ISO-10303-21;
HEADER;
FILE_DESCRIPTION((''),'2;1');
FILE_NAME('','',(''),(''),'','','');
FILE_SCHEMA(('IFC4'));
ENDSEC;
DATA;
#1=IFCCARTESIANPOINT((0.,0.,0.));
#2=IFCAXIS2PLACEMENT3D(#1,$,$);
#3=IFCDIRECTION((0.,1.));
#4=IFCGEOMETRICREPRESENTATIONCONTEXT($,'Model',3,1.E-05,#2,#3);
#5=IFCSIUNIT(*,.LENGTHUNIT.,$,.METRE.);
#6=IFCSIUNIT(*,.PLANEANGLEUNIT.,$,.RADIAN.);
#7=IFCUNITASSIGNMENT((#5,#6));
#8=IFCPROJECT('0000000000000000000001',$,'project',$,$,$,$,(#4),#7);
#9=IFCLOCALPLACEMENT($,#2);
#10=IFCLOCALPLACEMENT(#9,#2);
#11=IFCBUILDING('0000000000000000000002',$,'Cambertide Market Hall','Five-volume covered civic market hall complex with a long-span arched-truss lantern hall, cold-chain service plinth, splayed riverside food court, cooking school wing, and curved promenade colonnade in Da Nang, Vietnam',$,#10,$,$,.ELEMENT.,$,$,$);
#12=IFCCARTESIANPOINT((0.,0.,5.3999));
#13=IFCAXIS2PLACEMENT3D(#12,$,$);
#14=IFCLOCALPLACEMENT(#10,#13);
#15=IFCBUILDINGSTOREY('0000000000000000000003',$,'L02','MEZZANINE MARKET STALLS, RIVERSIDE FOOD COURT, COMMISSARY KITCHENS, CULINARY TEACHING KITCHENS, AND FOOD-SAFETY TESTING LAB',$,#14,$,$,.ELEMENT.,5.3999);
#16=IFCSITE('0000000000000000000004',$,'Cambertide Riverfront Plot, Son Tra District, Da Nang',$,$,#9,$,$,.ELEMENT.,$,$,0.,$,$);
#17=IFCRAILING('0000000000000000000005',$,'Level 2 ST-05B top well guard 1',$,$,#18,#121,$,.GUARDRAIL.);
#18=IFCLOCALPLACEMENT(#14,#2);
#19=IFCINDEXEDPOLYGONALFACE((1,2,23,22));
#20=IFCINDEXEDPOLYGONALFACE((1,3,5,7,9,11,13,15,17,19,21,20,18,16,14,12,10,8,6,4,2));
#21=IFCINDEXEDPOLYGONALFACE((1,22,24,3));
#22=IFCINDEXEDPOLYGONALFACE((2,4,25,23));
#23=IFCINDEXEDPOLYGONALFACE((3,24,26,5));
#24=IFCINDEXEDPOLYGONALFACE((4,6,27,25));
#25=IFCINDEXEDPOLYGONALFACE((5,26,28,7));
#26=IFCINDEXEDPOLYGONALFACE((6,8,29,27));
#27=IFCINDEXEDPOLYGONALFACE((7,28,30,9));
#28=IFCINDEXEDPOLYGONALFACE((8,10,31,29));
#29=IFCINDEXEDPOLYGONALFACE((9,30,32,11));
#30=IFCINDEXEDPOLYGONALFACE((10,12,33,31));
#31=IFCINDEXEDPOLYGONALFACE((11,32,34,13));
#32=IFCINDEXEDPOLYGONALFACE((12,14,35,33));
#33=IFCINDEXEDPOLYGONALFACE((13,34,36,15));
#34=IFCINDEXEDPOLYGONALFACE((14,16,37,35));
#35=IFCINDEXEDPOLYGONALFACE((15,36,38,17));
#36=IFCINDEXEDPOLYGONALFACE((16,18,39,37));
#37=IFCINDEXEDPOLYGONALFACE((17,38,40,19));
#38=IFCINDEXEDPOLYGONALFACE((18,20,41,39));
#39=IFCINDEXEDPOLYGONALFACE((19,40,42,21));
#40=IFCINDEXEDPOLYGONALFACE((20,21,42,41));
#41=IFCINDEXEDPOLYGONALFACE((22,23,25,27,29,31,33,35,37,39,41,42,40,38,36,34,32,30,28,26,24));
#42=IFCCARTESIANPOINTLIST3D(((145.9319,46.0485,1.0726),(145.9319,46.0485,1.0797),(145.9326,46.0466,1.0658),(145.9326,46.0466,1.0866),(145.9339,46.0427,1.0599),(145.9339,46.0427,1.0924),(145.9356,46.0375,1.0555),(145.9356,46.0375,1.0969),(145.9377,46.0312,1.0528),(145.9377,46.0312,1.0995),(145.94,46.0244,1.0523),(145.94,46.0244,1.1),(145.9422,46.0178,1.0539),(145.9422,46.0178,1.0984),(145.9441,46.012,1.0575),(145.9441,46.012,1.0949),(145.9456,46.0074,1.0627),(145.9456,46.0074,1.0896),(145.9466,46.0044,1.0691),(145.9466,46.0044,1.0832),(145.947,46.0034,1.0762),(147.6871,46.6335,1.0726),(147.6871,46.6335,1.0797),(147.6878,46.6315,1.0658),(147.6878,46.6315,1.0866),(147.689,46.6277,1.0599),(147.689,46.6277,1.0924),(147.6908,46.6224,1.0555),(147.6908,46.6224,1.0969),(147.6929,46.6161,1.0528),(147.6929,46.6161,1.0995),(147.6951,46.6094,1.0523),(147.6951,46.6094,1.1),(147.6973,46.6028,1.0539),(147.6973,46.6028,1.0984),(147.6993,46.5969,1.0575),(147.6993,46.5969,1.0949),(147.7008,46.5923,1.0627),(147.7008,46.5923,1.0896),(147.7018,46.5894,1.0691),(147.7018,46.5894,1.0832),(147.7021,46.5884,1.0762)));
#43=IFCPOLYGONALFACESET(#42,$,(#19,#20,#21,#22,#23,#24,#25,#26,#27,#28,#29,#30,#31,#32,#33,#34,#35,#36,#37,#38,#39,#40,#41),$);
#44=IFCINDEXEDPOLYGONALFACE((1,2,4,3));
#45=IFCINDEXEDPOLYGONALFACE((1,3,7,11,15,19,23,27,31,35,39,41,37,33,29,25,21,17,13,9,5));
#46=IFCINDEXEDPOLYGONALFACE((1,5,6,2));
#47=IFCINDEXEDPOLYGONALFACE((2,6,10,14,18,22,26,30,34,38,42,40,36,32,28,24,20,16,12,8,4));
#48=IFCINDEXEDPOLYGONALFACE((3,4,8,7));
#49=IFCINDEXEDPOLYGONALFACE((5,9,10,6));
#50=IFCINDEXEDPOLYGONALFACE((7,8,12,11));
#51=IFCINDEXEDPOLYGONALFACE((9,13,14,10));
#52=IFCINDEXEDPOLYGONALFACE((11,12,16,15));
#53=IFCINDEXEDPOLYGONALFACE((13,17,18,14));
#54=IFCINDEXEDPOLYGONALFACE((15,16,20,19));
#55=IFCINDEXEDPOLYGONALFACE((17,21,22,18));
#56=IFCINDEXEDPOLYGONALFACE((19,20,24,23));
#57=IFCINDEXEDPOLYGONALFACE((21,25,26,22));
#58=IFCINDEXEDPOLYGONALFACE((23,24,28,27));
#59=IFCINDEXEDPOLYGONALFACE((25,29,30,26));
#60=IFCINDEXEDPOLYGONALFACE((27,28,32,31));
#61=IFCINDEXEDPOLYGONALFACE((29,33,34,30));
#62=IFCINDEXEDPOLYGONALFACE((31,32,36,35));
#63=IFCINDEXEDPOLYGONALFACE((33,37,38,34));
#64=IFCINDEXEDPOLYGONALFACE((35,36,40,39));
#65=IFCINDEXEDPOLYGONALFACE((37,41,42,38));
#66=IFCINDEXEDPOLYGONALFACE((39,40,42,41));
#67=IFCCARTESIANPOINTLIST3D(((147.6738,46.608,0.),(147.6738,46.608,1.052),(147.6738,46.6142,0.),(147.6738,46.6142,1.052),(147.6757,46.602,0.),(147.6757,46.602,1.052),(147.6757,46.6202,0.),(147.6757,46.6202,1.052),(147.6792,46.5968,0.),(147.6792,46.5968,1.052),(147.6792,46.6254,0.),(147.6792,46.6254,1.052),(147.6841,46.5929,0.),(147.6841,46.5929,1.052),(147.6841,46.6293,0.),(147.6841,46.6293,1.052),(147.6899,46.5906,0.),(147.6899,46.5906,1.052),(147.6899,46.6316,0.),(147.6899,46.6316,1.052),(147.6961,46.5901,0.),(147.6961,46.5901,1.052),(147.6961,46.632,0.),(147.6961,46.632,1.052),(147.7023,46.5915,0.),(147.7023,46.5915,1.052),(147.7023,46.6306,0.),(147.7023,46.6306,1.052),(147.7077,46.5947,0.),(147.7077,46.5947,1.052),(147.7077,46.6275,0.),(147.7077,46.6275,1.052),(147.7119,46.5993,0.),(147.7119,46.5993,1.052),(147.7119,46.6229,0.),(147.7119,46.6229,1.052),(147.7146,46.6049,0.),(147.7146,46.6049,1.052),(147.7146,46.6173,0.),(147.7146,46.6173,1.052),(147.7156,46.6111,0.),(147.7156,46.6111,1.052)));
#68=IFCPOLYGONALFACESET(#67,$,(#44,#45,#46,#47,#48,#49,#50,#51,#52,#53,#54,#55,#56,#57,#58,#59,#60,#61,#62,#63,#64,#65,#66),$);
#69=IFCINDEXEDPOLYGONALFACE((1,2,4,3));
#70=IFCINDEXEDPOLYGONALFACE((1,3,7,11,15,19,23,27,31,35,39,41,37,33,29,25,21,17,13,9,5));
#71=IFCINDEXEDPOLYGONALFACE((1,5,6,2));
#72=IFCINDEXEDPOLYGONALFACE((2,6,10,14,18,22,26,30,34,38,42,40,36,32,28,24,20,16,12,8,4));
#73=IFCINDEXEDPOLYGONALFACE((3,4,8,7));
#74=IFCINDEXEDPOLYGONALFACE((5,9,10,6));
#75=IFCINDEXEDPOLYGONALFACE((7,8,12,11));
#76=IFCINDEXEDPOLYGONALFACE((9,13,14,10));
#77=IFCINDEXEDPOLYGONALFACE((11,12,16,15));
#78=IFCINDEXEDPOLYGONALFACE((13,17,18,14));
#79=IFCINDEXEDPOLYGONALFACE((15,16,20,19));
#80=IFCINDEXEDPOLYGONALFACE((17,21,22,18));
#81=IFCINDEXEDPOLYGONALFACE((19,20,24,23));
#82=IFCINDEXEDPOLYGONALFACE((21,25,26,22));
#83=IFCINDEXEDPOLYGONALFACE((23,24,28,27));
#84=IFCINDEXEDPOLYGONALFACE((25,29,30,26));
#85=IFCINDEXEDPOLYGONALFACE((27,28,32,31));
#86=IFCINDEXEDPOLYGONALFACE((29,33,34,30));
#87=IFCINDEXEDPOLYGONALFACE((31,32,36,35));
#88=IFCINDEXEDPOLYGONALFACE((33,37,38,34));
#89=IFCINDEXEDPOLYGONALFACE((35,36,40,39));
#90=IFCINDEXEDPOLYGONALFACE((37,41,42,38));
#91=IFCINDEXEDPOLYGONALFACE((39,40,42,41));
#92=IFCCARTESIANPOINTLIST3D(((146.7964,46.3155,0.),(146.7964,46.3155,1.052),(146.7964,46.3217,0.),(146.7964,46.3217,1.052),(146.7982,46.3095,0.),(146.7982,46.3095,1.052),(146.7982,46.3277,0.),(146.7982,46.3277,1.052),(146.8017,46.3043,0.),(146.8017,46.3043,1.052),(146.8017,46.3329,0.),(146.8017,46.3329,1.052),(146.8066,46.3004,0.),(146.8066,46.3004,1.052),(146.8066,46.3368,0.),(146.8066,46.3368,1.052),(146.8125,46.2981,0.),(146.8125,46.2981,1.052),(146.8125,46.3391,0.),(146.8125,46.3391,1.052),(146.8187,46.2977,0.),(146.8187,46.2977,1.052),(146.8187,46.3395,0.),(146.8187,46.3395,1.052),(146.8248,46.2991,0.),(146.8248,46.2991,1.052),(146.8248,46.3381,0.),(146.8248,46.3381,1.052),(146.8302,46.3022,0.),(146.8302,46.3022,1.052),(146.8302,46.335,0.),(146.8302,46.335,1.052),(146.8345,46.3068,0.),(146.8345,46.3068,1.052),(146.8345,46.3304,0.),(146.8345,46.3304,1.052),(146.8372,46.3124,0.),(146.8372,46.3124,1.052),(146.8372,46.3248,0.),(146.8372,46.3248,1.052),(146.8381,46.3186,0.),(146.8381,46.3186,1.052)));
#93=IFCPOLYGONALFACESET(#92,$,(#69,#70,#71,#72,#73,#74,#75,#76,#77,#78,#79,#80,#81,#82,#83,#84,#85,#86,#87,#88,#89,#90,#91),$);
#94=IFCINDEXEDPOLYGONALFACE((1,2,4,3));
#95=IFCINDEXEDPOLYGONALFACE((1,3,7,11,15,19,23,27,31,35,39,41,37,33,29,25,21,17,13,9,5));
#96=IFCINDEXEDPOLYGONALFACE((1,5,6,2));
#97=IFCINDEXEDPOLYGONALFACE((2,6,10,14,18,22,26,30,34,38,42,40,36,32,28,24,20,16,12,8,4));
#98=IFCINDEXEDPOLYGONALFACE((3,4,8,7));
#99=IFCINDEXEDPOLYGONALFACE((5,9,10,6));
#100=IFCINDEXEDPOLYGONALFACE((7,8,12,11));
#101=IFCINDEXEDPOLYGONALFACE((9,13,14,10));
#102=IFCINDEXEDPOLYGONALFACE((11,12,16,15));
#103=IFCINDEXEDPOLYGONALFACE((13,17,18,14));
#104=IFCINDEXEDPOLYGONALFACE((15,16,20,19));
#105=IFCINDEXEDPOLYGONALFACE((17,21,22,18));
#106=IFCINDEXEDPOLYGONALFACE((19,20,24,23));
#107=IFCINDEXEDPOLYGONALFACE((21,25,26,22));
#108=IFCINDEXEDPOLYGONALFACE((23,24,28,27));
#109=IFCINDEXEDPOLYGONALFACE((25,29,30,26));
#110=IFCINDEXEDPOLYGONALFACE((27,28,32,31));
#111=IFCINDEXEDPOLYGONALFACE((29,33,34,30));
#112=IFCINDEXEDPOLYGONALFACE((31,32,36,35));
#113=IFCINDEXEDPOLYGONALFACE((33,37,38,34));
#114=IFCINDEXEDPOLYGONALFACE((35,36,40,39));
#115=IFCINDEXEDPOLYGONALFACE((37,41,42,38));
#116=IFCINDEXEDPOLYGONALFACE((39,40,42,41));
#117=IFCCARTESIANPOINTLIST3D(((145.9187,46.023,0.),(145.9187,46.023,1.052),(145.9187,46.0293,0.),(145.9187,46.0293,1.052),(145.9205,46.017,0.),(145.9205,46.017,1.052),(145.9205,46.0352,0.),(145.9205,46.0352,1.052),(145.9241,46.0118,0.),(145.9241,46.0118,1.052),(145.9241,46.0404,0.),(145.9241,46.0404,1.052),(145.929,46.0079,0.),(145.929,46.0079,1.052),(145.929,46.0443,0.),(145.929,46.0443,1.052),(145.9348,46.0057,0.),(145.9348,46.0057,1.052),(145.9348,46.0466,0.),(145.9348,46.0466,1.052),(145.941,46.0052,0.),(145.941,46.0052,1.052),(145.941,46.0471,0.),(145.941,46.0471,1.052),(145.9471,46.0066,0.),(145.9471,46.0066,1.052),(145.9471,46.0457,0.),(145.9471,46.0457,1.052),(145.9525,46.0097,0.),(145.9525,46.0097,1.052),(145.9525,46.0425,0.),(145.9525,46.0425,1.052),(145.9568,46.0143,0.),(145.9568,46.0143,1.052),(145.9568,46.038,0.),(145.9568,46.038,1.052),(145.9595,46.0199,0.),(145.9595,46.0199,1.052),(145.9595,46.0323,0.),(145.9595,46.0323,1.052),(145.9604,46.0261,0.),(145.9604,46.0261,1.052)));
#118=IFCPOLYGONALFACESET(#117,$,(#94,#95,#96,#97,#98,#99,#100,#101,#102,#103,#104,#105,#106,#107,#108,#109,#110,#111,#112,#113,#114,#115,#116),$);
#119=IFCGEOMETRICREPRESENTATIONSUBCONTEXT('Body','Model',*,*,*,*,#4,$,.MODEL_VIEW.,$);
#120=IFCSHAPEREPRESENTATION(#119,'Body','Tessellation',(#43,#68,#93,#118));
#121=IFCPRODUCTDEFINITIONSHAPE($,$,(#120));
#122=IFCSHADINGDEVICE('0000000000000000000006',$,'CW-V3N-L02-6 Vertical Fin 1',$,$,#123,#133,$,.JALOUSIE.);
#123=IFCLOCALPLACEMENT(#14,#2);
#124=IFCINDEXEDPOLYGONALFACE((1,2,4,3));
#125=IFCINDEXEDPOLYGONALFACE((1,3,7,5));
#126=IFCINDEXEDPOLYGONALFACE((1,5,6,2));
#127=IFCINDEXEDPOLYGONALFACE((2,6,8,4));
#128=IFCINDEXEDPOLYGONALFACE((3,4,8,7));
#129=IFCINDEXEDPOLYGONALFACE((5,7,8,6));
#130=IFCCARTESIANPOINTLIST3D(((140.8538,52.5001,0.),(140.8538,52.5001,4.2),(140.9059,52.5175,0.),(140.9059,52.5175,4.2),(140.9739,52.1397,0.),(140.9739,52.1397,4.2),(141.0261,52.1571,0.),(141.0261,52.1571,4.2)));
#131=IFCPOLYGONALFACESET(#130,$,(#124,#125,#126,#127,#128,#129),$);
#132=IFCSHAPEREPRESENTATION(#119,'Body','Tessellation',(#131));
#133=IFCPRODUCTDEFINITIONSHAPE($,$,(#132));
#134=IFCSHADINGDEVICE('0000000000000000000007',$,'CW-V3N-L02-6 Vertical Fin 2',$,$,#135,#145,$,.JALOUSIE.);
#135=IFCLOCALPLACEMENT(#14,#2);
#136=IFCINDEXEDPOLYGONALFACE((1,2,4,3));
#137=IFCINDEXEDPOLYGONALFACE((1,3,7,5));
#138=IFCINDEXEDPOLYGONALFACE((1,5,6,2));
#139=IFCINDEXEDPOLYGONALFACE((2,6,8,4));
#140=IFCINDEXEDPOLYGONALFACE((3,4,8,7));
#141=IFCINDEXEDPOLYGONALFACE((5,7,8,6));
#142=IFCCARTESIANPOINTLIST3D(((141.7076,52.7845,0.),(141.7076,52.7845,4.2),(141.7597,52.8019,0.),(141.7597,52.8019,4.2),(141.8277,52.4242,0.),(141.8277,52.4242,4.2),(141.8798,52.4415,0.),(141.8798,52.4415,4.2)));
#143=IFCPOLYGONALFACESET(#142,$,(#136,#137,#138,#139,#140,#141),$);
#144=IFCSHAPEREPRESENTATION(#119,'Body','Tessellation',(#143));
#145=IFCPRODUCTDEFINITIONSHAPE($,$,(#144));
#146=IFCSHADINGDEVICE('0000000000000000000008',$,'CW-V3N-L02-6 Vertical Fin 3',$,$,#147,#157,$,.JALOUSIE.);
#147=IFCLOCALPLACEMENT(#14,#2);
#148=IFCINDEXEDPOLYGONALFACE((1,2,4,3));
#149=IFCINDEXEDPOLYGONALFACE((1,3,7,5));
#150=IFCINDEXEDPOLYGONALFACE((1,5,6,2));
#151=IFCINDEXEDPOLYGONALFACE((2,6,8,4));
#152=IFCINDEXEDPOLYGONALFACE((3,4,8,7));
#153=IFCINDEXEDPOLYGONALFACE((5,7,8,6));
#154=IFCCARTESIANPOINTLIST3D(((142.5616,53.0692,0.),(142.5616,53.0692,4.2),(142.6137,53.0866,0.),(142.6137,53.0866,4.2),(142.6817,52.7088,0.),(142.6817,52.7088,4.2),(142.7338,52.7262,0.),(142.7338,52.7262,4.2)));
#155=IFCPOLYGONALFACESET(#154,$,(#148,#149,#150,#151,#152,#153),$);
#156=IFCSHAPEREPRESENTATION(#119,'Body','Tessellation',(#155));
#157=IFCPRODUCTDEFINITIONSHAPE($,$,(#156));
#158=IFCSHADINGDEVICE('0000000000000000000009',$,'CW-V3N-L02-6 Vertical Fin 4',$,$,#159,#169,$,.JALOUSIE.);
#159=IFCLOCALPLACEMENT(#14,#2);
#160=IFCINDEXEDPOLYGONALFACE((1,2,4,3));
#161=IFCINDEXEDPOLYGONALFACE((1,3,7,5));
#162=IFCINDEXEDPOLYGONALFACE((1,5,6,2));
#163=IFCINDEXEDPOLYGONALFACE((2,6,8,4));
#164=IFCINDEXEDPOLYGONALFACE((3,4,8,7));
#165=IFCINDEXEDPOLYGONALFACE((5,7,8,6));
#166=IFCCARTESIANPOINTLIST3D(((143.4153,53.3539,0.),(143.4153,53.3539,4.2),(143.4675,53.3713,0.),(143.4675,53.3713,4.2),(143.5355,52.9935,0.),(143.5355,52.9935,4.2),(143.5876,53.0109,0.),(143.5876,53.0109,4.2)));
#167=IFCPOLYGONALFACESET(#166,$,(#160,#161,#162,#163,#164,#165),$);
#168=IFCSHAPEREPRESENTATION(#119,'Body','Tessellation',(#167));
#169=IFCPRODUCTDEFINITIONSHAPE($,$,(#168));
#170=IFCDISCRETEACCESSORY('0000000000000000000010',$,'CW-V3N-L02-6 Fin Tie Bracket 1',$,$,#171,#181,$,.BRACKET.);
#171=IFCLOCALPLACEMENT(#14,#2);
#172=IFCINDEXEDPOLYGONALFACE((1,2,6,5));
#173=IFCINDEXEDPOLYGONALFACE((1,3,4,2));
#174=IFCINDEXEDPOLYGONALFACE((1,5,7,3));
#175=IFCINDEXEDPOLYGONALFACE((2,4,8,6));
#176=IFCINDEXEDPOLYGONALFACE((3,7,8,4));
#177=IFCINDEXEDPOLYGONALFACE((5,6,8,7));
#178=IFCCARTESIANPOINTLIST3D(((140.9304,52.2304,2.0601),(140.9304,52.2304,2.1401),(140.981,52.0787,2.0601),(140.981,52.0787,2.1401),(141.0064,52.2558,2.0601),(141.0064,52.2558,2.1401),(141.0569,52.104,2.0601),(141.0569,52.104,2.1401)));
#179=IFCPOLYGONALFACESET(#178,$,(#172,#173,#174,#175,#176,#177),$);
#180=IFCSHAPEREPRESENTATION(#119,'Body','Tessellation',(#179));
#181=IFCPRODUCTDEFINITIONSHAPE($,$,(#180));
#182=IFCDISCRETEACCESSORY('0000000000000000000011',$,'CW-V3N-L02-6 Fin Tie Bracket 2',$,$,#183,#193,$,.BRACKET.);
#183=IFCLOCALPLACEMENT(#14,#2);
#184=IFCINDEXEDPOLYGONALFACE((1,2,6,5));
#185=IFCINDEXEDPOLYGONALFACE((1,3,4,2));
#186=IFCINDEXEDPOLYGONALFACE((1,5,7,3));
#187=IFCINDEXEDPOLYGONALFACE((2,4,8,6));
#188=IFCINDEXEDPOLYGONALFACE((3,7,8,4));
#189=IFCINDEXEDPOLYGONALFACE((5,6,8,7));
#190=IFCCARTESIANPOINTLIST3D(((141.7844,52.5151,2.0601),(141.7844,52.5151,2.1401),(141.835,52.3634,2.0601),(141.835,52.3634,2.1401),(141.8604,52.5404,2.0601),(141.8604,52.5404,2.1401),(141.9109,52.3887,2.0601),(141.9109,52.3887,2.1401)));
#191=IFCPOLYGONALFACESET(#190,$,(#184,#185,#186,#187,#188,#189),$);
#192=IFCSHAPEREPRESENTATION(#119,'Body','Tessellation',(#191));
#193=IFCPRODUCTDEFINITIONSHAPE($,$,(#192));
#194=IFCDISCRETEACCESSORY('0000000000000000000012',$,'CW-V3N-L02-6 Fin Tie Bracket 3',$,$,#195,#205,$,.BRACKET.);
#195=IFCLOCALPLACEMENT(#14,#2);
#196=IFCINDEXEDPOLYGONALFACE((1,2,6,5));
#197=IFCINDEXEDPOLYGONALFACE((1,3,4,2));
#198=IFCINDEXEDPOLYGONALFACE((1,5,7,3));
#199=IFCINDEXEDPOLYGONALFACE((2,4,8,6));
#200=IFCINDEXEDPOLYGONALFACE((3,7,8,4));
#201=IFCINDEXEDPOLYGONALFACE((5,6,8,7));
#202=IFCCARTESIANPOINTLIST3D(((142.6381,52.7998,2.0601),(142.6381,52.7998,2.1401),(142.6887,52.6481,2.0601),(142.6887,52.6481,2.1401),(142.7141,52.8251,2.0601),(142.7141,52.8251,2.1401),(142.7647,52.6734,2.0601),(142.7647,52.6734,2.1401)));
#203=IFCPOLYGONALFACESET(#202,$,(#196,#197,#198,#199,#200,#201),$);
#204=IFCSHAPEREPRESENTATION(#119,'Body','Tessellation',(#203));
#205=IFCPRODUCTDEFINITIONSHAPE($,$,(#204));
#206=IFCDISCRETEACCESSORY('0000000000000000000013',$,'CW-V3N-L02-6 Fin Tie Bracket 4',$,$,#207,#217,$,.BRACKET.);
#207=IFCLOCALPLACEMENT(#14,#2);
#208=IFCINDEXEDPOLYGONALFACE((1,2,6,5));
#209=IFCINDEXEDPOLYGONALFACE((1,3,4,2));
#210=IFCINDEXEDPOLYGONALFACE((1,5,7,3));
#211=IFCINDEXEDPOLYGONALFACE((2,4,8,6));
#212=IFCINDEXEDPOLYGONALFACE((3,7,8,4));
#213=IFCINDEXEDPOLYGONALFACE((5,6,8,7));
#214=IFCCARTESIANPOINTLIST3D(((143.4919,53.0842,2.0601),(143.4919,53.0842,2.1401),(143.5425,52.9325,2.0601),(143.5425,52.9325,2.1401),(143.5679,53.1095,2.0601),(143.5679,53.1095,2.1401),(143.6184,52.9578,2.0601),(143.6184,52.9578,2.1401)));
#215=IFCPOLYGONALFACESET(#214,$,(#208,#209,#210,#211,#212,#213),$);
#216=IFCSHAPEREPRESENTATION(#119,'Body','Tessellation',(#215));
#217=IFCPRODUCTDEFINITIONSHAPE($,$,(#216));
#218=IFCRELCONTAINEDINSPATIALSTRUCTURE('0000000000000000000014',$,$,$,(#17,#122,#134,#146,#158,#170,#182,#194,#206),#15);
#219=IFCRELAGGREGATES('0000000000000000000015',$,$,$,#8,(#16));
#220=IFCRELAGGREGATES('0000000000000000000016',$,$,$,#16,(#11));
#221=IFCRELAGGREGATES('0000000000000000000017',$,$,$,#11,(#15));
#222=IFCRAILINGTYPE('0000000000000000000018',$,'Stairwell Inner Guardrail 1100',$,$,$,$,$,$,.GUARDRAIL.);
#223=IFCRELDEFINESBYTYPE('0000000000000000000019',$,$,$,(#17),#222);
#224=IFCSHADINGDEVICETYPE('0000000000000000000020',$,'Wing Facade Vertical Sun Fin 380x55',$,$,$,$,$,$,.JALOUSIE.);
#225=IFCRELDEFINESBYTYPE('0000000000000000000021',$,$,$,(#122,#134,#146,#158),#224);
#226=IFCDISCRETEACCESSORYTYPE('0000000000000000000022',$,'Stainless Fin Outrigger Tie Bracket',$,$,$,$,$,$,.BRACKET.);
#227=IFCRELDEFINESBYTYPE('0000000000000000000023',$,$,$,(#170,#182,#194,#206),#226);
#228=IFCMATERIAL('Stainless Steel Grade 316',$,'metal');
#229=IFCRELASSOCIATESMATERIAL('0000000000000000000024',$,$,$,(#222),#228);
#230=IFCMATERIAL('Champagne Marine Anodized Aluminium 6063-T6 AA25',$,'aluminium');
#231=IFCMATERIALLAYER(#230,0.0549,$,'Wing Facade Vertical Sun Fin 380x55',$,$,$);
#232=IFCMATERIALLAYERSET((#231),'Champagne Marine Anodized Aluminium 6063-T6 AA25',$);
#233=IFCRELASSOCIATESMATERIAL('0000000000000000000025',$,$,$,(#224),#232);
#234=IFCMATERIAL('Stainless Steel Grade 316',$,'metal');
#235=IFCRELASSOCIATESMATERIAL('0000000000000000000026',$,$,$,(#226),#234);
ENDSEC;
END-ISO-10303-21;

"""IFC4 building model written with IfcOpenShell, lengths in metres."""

from ifc_helpers import new_model, si_unit, direction, frame, origin, origin_2d, place, context, subcontext, project, spatial, rectangle, circle, extrude, material, layer, layer_set, type_object, element, save


model = new_model("IFC4")

# Units and contexts
model_context = context("Model", 3, precision=1e-05, world=origin(), true_north=direction((0.0, 1.0)))
body_context = subcontext(model_context, "Body", "Model", "MODEL_VIEW")
ifc_project = project(units=[si_unit("LENGTHUNIT", "METRE"), si_unit("PLANEANGLEUNIT", "RADIAN")], contexts=[model_context])

# Site, building, storey
site_placement = place(None, origin())
site = spatial("IfcSite", under=ifc_project, at=site_placement, Name="Cambertide Riverfront Plot, Son Tra District, Da Nang", CompositionType="ELEMENT", RefElevation=0.0)
building_placement = place(site_placement, origin())
building = spatial("IfcBuilding", under=site, at=building_placement, Name="Cambertide Market Hall", Description="Five-volume covered civic market hall complex with a long-span arched-truss lantern hall, cold-chain service plinth, splayed riverside food court, cooking school wing, and curved promenade colonnade in Da Nang, Vietnam", CompositionType="ELEMENT")
storey_placement = place(building_placement, frame((0.0, 0.0, 5.3999)))
storey = spatial("IfcBuildingStorey", under=building, at=storey_placement, Name="L02", Description="MEZZANINE MARKET STALLS, RIVERSIDE FOOD COURT, COMMISSARY KITCHENS, CULINARY TEACHING KITCHENS, AND FOOD-SAFETY TESTING LAB", CompositionType="ELEMENT", Elevation=5.3999)

# Railing
ifc_material_1 = material(Name="Stainless Steel Grade 316", Category="metal")
railing_type = type_object("IfcRailingType", Name="Stairwell Inner Guardrail 1100", PredefinedType="GUARDRAIL", material=ifc_material_1)
railing_placement = place(storey_placement, frame((147.6946, 46.6111, 0.0)))
element("IfcRailing", 1, at=railing_placement, inside=storey, type_object=railing_type, Name="Level 2 ST-05B top well guard 1", PredefinedType="GUARDRAIL", context=body_context, shape_type="SweptSolid", body=[
    extrude(circle(Radius=0.0239, at=origin_2d()), frame((0.0, 0.0, 1.0762), z_axis=(-0.948696, -0.316188, 0.0), x_axis=(0.316188, -0.948696, 0.0)), (0.0, 0.0, 1.0), 1.8501),
    extrude(circle(Radius=0.021, at=origin_2d()), origin(), (0.0, 0.0, 1.0), 1.052),
    extrude(circle(Radius=0.021, at=origin_2d()), frame((-0.8774, -0.2925, 0.0)), (0.0, 0.0, 1.0), 1.052),
    extrude(circle(Radius=0.021, at=origin_2d()), frame((-1.7551, -0.585, 0.0)), (0.0, 0.0, 1.0), 1.052),
])

# Shading devices
ifc_material_2 = material(Name="Champagne Marine Anodized Aluminium 6063-T6 AA25", Category="aluminium")
ifc_layer_1 = layer(ifc_material_2, 0.0549, Name="Wing Facade Vertical Sun Fin 380x55")
ifc_layer_set_1 = layer_set([ifc_layer_1], Name="Champagne Marine Anodized Aluminium 6063-T6 AA25")
shading_device_type = type_object("IfcShadingDeviceType", Name="Wing Facade Vertical Sun Fin 380x55", PredefinedType="JALOUSIE", material=ifc_layer_set_1)
for number, where, z_axis, x_axis, name in (
    (2, (140.9399, 52.3286, 0.0), (0.0, 0.0, 1.0), (0.948683, 0.316228, 0.0), "CW-V3N-L02-6 Vertical Fin 1"),
    (3, (141.7937, 52.613, 0.0), (0.0, 0.0, 1.0), (0.948683, 0.316228, 0.0), "CW-V3N-L02-6 Vertical Fin 2"),
    (4, (142.6477, 52.8977, 0.0), (0.0, 0.0, 1.0), (0.948683, 0.316228, 0.0), "CW-V3N-L02-6 Vertical Fin 3"),
    (5, (143.5015, 53.1824, 0.0), (0.0, 0.0, 1.0), (0.948683, 0.316228, 0.0), "CW-V3N-L02-6 Vertical Fin 4"),
):
    element("IfcShadingDevice", number, at=place(storey_placement, frame(where, z_axis=z_axis, x_axis=x_axis)), inside=storey, type_object=shading_device_type, Name=name, PredefinedType="JALOUSIE", context=body_context, shape_type="SweptSolid", body=[
        extrude(rectangle(XDim=0.0549, YDim=0.3799, at=origin_2d()), origin(), (0.0, 0.0, 1.0), 4.2),
    ])

# Discrete accessories
ifc_material_3 = material(Name="Stainless Steel Grade 316", Category="metal")
discrete_accessory_type = type_object("IfcDiscreteAccessoryType", Name="Stainless Fin Outrigger Tie Bracket", PredefinedType="BRACKET", material=ifc_material_3)
for number, where, z_axis, x_axis, name in (
    (6, (140.9937, 52.1672, 2.0601), (0.0, 0.0, 1.0), (0.948683, 0.316228, 0.0), "CW-V3N-L02-6 Fin Tie Bracket 1"),
    (7, (141.8477, 52.4519, 2.0601), (0.0, 0.0, 1.0), (0.948683, 0.316228, 0.0), "CW-V3N-L02-6 Fin Tie Bracket 2"),
    (8, (142.7014, 52.7366, 2.0601), (0.0, 0.0, 1.0), (0.948683, 0.316228, 0.0), "CW-V3N-L02-6 Fin Tie Bracket 3"),
    (9, (143.5552, 53.021, 2.0601), (0.0, 0.0, 1.0), (0.948683, 0.316228, 0.0), "CW-V3N-L02-6 Fin Tie Bracket 4"),
):
    element("IfcDiscreteAccessory", number, at=place(storey_placement, frame(where, z_axis=z_axis, x_axis=x_axis)), inside=storey, type_object=discrete_accessory_type, Name=name, PredefinedType="BRACKET", context=body_context, shape_type="SweptSolid", body=[
        extrude(rectangle(XDim=0.0801, YDim=0.1599, at=origin_2d()), origin(), (0.0, 0.0, 1.0), 0.0801),
    ])

save(model, "model.ifc")
